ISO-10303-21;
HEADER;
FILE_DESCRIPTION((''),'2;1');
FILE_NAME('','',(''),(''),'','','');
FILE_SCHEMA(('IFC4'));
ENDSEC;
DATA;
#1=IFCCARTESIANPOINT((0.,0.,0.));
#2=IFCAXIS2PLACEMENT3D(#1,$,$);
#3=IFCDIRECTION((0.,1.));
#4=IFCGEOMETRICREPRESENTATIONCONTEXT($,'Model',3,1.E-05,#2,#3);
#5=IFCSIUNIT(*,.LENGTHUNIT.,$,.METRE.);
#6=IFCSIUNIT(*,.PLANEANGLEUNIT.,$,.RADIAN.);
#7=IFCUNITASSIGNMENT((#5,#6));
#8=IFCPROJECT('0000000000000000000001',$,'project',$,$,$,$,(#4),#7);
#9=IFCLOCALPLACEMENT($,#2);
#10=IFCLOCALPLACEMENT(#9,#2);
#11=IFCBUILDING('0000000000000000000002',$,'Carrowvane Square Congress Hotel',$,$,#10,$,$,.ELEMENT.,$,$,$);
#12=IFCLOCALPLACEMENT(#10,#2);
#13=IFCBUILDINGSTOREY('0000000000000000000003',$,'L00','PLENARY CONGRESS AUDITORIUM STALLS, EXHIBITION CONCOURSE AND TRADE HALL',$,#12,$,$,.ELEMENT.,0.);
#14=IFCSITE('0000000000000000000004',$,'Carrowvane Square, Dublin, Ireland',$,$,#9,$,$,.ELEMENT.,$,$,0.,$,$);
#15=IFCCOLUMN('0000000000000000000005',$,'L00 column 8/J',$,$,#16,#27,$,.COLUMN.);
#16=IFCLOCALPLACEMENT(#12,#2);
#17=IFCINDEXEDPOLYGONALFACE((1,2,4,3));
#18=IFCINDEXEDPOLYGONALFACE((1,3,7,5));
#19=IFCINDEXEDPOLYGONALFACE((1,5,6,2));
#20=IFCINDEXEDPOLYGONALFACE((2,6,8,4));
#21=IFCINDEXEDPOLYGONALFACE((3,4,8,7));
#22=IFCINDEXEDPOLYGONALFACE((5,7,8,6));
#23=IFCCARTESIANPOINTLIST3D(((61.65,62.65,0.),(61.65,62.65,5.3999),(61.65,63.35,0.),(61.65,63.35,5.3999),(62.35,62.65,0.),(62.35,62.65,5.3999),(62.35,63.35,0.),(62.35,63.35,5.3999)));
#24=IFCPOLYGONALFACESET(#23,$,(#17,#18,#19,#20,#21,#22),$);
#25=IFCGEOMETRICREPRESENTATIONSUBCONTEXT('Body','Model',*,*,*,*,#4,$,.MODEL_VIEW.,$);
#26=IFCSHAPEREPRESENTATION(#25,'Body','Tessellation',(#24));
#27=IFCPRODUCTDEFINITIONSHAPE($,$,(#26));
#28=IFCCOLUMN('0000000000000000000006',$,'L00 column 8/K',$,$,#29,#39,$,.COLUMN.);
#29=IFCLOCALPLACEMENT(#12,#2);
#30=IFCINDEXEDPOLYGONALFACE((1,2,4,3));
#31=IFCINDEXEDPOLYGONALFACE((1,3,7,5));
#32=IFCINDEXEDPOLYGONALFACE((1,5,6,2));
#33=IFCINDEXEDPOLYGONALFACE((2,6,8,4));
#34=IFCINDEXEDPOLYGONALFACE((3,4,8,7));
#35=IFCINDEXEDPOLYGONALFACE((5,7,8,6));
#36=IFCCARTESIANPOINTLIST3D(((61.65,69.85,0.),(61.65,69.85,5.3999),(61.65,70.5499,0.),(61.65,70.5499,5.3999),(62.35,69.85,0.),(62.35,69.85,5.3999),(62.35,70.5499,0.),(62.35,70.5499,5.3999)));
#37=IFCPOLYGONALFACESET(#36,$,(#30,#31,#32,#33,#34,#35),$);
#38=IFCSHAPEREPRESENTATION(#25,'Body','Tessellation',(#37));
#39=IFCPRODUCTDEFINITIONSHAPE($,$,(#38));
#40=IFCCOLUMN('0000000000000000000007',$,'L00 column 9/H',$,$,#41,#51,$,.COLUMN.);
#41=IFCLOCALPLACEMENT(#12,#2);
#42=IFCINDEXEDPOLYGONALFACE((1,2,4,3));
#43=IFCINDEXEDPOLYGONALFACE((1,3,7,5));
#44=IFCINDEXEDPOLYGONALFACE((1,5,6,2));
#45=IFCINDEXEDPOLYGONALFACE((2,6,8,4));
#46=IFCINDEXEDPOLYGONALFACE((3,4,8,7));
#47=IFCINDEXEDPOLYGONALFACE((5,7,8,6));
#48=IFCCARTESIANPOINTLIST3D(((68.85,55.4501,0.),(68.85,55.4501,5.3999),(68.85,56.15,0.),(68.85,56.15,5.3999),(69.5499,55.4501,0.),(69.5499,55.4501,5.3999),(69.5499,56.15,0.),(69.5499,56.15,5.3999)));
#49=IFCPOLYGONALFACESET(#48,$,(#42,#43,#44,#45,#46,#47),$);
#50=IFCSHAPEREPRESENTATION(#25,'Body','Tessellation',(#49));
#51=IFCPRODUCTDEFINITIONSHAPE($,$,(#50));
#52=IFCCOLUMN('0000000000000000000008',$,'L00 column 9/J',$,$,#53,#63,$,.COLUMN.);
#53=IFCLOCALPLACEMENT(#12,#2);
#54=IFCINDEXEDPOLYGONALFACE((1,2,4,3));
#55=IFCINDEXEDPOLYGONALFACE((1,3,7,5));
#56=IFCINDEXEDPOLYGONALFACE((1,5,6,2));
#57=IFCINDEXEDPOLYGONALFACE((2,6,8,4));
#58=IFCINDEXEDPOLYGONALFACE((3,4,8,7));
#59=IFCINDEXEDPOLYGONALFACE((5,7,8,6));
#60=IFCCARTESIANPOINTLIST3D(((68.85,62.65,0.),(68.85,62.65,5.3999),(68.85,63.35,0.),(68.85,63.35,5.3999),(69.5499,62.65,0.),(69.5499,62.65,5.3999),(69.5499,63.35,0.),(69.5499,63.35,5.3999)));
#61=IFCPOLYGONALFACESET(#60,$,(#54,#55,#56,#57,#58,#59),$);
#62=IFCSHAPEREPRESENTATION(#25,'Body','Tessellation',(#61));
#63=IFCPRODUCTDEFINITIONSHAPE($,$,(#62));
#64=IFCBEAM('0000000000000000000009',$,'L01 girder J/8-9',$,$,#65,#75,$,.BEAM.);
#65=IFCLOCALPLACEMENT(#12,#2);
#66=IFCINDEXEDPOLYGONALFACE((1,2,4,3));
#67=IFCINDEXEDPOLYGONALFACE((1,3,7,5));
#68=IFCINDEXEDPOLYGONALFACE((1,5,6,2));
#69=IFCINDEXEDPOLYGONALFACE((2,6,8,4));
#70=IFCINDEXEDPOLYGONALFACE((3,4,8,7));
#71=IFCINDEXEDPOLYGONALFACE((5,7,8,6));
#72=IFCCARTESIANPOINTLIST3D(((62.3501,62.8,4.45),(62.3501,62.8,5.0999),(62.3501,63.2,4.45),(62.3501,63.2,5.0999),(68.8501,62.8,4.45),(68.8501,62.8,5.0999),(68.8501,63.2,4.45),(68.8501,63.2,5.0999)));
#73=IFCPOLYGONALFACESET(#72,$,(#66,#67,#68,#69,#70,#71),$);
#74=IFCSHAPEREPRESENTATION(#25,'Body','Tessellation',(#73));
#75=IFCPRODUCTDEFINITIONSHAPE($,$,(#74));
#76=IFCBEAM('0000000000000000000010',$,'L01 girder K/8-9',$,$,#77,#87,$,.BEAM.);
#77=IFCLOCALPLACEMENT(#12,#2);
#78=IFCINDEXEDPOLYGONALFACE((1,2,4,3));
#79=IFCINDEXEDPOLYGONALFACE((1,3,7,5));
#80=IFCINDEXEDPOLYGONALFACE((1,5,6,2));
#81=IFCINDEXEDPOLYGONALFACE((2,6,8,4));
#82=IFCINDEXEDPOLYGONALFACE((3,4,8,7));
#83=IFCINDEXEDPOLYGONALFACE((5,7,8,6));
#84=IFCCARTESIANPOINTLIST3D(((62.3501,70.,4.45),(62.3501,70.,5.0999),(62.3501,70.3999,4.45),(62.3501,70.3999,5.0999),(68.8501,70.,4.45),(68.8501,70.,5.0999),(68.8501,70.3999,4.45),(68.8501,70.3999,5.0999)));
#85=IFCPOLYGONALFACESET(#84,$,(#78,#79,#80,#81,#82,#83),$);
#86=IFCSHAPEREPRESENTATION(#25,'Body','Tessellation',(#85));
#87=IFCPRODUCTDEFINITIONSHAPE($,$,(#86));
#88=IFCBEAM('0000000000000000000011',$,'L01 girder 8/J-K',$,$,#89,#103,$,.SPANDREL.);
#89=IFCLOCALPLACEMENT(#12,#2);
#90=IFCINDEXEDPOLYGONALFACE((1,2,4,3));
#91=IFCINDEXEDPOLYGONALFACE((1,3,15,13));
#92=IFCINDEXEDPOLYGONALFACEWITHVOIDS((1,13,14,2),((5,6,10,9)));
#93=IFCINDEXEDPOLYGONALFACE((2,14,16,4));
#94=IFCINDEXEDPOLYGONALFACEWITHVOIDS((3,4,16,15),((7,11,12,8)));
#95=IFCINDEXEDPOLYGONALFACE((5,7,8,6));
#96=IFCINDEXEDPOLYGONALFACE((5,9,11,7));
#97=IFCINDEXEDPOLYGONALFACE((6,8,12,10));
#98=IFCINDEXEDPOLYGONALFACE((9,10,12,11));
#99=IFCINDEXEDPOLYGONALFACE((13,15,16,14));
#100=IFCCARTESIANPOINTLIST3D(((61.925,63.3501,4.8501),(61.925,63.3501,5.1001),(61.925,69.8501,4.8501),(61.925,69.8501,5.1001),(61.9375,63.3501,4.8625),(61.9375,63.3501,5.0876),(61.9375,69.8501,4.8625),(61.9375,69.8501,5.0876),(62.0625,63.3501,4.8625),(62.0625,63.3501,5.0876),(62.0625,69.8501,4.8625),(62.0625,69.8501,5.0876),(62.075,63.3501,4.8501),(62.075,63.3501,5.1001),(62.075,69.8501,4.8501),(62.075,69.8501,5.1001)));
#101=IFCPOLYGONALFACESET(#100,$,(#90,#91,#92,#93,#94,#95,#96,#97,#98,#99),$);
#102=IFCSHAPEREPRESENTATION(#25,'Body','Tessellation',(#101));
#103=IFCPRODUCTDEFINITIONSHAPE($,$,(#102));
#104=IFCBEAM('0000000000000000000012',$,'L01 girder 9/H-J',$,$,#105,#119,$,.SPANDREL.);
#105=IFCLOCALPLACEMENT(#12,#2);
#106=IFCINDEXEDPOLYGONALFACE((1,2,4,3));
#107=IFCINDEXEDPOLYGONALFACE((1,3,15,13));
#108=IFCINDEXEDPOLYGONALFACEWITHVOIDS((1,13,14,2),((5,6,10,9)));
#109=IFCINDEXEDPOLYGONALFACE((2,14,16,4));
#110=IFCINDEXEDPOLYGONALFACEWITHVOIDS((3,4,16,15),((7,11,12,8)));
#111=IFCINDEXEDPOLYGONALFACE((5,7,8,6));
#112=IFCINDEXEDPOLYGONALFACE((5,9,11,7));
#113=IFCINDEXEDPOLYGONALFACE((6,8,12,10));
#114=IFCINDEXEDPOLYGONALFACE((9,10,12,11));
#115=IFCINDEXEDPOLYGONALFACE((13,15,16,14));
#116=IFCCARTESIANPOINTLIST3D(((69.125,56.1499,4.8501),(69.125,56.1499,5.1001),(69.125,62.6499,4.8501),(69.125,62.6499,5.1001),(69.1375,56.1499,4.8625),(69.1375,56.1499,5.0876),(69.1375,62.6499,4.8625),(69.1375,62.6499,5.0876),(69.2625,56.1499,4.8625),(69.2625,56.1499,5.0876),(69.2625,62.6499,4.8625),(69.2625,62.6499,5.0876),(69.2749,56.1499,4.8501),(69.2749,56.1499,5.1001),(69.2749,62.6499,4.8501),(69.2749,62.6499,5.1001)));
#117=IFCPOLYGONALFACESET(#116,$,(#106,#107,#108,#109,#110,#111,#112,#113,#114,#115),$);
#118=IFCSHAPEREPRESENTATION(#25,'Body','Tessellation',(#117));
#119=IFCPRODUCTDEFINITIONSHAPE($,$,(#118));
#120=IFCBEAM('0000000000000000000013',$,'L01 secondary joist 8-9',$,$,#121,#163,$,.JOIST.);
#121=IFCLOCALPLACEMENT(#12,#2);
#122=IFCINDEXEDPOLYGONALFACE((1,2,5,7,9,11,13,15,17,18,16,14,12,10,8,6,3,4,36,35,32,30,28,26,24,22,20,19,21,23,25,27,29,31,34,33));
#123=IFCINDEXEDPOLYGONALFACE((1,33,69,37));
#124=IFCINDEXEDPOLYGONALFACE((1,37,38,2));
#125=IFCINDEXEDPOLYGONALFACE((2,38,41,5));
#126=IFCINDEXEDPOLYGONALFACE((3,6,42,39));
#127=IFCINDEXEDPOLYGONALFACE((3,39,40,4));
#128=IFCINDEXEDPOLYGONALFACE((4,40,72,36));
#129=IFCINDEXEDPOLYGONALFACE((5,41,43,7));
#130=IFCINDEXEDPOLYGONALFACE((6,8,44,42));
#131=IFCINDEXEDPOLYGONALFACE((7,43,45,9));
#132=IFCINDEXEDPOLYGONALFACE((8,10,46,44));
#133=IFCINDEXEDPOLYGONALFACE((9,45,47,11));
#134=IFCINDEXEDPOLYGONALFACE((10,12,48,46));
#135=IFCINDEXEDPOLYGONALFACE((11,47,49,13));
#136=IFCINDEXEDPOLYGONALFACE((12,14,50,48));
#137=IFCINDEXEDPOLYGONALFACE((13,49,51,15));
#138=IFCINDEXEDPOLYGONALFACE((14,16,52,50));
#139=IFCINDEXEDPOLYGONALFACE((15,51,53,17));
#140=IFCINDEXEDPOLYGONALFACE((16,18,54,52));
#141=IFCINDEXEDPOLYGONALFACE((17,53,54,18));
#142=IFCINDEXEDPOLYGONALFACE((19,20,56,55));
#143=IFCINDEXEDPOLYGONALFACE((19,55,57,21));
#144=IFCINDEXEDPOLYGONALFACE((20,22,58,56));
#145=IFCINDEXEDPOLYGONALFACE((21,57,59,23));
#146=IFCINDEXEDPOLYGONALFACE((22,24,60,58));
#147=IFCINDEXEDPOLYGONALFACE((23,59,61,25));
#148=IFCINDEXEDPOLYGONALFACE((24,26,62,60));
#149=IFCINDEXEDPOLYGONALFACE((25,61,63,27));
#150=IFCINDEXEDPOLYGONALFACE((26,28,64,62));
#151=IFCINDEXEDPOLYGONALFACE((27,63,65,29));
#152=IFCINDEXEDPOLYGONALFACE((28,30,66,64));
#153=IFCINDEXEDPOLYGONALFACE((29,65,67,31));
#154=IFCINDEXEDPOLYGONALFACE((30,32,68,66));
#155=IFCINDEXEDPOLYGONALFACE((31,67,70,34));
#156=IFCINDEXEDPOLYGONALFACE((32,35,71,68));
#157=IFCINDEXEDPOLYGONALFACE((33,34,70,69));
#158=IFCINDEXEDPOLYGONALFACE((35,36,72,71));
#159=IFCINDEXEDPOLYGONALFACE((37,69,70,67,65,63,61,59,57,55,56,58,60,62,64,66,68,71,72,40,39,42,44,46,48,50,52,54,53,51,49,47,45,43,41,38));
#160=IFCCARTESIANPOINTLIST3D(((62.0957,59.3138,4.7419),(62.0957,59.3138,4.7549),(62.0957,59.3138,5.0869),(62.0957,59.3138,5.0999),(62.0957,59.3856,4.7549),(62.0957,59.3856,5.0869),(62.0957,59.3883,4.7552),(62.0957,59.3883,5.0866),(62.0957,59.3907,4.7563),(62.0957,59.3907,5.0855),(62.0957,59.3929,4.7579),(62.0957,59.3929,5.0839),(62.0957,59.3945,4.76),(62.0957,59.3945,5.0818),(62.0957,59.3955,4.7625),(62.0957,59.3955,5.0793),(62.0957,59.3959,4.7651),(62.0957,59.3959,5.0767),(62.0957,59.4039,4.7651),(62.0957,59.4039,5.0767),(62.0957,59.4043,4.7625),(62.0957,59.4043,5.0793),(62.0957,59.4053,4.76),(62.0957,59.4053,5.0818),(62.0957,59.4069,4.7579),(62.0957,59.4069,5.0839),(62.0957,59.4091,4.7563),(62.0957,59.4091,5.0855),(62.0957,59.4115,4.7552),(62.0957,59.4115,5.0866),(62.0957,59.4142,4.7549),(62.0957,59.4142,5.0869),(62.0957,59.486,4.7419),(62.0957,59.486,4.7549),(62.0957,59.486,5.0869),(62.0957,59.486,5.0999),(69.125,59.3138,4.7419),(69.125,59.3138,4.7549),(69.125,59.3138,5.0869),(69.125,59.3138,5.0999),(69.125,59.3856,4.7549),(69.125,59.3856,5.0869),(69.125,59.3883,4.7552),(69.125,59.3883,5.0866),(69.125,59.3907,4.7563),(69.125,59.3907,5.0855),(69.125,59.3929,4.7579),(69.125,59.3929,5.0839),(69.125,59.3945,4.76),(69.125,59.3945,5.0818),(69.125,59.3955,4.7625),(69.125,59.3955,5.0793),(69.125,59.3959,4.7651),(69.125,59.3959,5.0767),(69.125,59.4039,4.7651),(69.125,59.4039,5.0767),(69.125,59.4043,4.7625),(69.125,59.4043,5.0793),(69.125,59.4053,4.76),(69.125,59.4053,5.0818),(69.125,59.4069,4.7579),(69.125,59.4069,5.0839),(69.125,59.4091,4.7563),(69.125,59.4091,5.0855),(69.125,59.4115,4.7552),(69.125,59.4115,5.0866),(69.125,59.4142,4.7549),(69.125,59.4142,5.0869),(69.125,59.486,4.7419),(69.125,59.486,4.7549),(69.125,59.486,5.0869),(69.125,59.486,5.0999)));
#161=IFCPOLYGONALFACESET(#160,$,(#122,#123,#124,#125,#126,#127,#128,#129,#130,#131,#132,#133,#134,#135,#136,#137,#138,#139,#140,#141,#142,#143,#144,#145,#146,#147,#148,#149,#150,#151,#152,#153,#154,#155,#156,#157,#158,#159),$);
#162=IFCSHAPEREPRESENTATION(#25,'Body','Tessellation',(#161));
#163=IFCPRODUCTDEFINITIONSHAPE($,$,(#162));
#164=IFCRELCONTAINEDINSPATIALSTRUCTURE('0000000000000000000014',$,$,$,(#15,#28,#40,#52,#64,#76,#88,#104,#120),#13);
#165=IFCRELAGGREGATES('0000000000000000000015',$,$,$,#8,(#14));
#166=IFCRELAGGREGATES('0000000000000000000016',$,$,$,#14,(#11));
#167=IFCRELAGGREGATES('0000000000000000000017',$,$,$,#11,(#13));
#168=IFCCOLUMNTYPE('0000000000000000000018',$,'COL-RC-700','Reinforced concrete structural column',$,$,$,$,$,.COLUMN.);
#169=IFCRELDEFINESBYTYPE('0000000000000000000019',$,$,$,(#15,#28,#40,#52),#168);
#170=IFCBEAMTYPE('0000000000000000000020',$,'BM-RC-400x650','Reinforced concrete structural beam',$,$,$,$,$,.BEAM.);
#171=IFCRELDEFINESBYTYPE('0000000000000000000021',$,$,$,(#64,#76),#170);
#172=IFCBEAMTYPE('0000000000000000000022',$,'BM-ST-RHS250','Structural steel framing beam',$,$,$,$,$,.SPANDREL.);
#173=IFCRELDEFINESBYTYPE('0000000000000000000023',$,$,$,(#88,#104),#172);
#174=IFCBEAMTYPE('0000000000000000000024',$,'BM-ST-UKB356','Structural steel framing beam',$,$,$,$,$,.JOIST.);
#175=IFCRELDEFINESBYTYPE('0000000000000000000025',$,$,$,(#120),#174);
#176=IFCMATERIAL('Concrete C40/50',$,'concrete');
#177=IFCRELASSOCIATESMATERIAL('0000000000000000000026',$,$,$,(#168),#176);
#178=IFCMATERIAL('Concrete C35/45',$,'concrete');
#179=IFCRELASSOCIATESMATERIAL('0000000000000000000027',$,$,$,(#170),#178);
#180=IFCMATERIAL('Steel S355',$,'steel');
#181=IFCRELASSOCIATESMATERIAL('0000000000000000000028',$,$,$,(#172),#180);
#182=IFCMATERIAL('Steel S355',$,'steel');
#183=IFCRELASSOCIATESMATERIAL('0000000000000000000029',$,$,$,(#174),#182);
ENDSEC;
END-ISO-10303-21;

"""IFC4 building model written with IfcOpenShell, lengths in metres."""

from ifc_helpers import new_model, si_unit, direction, frame, origin, origin_2d, place, context, subcontext, project, spatial, rectangle, hollow_rectangle, i_section, extrude, material, material_profile, profile_set, type_object, element, save


model = new_model("IFC4")

# Units and contexts
model_context = context("Model", 3, precision=1e-05, world=origin(), true_north=direction((0.0, 1.0)))
body_context = subcontext(model_context, "Body", "Model", "MODEL_VIEW")
ifc_project = project(units=[si_unit("LENGTHUNIT", "METRE"), si_unit("PLANEANGLEUNIT", "RADIAN")], contexts=[model_context])

# Site, building, storey
site_placement = place(None, origin())
site = spatial("IfcSite", under=ifc_project, at=site_placement, Name="Carrowvane Square, Dublin, Ireland", CompositionType="ELEMENT", RefElevation=0.0)
building_placement = place(site_placement, origin())
building = spatial("IfcBuilding", under=site, at=building_placement, Name="Carrowvane Square Congress Hotel", CompositionType="ELEMENT")
storey_placement = place(building_placement, origin())
storey = spatial("IfcBuildingStorey", under=building, at=storey_placement, Name="L00", Description="PLENARY CONGRESS AUDITORIUM STALLS, EXHIBITION CONCOURSE AND TRADE HALL", CompositionType="ELEMENT", Elevation=0.0)

# Columns
ifc_material_1 = material(Name="Concrete C40/50", Category="concrete")
ifc_material_profile_1 = material_profile(ifc_material_1, rectangle(XDim=0.7, YDim=0.7, at=origin_2d()), Name="RC 700x700")
ifc_profile_set_1 = profile_set([ifc_material_profile_1], Name="Concrete C40/50")
column_type = type_object("IfcColumnType", Name="COL-RC-700", Description="Reinforced concrete structural column", PredefinedType="COLUMN", material=ifc_profile_set_1)
for number, where, z_axis, x_axis, name in (
    (1, (62.0, 63.0, 0.0), (0.0, 0.0, 1.0), (1.0, 0.0, 0.0), "L00 column 8/J"),
    (2, (62.0, 70.2, 0.0), (0.0, 0.0, 1.0), (1.0, 0.0, 0.0), "L00 column 8/K"),
    (3, (69.2, 55.8, 0.0), (0.0, 0.0, 1.0), (1.0, 0.0, 0.0), "L00 column 9/H"),
    (4, (69.2, 63.0, 0.0), (0.0, 0.0, 1.0), (1.0, 0.0, 0.0), "L00 column 9/J"),
):
    element("IfcColumn", number, at=place(storey_placement, frame(where, z_axis=z_axis, x_axis=x_axis)), inside=storey, type_object=column_type, Name=name, PredefinedType="COLUMN", context=body_context, shape_type="SweptSolid", body=[
        extrude(rectangle(XDim=0.7, YDim=0.7, at=origin_2d()), origin(), (0.0, 0.0, 1.0), 5.3999),
    ])

# Beams
ifc_material_2 = material(Name="Concrete C35/45", Category="concrete")
ifc_material_profile_2 = material_profile(ifc_material_2, rectangle(XDim=0.3999, YDim=0.6499, at=origin_2d()), Name="RC 400x650")
ifc_profile_set_2 = profile_set([ifc_material_profile_2], Name="Concrete C35/45")
beam_type_1 = type_object("IfcBeamType", Name="BM-RC-400x650", Description="Reinforced concrete structural beam", PredefinedType="BEAM", material=ifc_profile_set_2)
for number, where, z_axis, x_axis, name in (
    (5, (62.3501, 63.0, 4.7749), (1.0, 0.0, 0.0), (0.0, 1.0, 0.0), "L01 girder J/8-9"),
    (6, (62.3501, 70.2, 4.7749), (1.0, 0.0, 0.0), (0.0, 1.0, 0.0), "L01 girder K/8-9"),
):
    element("IfcBeam", number, at=place(storey_placement, frame(where, z_axis=z_axis, x_axis=x_axis)), inside=storey, type_object=beam_type_1, Name=name, PredefinedType="BEAM", context=body_context, shape_type="SweptSolid", body=[
        extrude(rectangle(XDim=0.3999, YDim=0.6499, at=origin_2d()), origin(), (0.0, 0.0, 1.0), 6.5),
    ])
ifc_material_3 = material(Name="Steel S355", Category="steel")
ifc_material_profile_3 = material_profile(ifc_material_3, hollow_rectangle(XDim=0.1499, YDim=0.25, WallThickness=0.0125, at=origin_2d()), Name="RHS 250x150x12.5")
ifc_profile_set_3 = profile_set([ifc_material_profile_3], Name="Steel S355")
beam_type_2 = type_object("IfcBeamType", Name="BM-ST-RHS250", Description="Structural steel framing beam", PredefinedType="SPANDREL", material=ifc_profile_set_3)
for number, where, z_axis, x_axis, name in (
    (7, (62.0, 63.3501, 4.9751), (0.0, 1.0, 0.0), (-1.0, 0.0, 0.0), "L01 girder 8/J-K"),
    (8, (69.2, 56.1499, 4.9751), (0.0, 1.0, 0.0), (-1.0, 0.0, 0.0), "L01 girder 9/H-J"),
):
    element("IfcBeam", number, at=place(storey_placement, frame(where, z_axis=z_axis, x_axis=x_axis)), inside=storey, type_object=beam_type_2, Name=name, PredefinedType="SPANDREL", context=body_context, shape_type="SweptSolid", body=[
        extrude(hollow_rectangle(XDim=0.1499, YDim=0.25, WallThickness=0.0125, at=origin_2d()), origin(), (0.0, 0.0, 1.0), 6.5),
    ])
ifc_material_4 = material(Name="Steel S355", Category="steel")
ifc_material_profile_4 = material_profile(ifc_material_4, i_section(OverallWidth=0.1721, OverallDepth=0.3579, WebThickness=0.0081, FlangeThickness=0.0129, FilletRadius=0.0103, at=origin_2d()), Name="UKB 356x171x57")
ifc_profile_set_4 = profile_set([ifc_material_profile_4], Name="Steel S355")
beam_type_3 = type_object("IfcBeamType", Name="BM-ST-UKB356", Description="Structural steel framing beam", PredefinedType="JOIST", material=ifc_profile_set_4)
beam_1_placement = place(storey_placement, frame((62.0957, 59.3999, 4.9209), z_axis=(1.0, 0.0, 0.0), x_axis=(0.0, 1.0, 0.0)))
element("IfcBeam", 9, at=beam_1_placement, inside=storey, type_object=beam_type_3, Name="L01 secondary joist 8-9", PredefinedType="JOIST", context=body_context, shape_type="SweptSolid", body=[
    extrude(i_section(OverallWidth=0.1721, OverallDepth=0.3579, WebThickness=0.0081, FlangeThickness=0.0129, FilletRadius=0.0103, at=origin_2d()), origin(), (0.0, 0.0, 1.0), 7.0293),
])

save(model, "model.ifc")
